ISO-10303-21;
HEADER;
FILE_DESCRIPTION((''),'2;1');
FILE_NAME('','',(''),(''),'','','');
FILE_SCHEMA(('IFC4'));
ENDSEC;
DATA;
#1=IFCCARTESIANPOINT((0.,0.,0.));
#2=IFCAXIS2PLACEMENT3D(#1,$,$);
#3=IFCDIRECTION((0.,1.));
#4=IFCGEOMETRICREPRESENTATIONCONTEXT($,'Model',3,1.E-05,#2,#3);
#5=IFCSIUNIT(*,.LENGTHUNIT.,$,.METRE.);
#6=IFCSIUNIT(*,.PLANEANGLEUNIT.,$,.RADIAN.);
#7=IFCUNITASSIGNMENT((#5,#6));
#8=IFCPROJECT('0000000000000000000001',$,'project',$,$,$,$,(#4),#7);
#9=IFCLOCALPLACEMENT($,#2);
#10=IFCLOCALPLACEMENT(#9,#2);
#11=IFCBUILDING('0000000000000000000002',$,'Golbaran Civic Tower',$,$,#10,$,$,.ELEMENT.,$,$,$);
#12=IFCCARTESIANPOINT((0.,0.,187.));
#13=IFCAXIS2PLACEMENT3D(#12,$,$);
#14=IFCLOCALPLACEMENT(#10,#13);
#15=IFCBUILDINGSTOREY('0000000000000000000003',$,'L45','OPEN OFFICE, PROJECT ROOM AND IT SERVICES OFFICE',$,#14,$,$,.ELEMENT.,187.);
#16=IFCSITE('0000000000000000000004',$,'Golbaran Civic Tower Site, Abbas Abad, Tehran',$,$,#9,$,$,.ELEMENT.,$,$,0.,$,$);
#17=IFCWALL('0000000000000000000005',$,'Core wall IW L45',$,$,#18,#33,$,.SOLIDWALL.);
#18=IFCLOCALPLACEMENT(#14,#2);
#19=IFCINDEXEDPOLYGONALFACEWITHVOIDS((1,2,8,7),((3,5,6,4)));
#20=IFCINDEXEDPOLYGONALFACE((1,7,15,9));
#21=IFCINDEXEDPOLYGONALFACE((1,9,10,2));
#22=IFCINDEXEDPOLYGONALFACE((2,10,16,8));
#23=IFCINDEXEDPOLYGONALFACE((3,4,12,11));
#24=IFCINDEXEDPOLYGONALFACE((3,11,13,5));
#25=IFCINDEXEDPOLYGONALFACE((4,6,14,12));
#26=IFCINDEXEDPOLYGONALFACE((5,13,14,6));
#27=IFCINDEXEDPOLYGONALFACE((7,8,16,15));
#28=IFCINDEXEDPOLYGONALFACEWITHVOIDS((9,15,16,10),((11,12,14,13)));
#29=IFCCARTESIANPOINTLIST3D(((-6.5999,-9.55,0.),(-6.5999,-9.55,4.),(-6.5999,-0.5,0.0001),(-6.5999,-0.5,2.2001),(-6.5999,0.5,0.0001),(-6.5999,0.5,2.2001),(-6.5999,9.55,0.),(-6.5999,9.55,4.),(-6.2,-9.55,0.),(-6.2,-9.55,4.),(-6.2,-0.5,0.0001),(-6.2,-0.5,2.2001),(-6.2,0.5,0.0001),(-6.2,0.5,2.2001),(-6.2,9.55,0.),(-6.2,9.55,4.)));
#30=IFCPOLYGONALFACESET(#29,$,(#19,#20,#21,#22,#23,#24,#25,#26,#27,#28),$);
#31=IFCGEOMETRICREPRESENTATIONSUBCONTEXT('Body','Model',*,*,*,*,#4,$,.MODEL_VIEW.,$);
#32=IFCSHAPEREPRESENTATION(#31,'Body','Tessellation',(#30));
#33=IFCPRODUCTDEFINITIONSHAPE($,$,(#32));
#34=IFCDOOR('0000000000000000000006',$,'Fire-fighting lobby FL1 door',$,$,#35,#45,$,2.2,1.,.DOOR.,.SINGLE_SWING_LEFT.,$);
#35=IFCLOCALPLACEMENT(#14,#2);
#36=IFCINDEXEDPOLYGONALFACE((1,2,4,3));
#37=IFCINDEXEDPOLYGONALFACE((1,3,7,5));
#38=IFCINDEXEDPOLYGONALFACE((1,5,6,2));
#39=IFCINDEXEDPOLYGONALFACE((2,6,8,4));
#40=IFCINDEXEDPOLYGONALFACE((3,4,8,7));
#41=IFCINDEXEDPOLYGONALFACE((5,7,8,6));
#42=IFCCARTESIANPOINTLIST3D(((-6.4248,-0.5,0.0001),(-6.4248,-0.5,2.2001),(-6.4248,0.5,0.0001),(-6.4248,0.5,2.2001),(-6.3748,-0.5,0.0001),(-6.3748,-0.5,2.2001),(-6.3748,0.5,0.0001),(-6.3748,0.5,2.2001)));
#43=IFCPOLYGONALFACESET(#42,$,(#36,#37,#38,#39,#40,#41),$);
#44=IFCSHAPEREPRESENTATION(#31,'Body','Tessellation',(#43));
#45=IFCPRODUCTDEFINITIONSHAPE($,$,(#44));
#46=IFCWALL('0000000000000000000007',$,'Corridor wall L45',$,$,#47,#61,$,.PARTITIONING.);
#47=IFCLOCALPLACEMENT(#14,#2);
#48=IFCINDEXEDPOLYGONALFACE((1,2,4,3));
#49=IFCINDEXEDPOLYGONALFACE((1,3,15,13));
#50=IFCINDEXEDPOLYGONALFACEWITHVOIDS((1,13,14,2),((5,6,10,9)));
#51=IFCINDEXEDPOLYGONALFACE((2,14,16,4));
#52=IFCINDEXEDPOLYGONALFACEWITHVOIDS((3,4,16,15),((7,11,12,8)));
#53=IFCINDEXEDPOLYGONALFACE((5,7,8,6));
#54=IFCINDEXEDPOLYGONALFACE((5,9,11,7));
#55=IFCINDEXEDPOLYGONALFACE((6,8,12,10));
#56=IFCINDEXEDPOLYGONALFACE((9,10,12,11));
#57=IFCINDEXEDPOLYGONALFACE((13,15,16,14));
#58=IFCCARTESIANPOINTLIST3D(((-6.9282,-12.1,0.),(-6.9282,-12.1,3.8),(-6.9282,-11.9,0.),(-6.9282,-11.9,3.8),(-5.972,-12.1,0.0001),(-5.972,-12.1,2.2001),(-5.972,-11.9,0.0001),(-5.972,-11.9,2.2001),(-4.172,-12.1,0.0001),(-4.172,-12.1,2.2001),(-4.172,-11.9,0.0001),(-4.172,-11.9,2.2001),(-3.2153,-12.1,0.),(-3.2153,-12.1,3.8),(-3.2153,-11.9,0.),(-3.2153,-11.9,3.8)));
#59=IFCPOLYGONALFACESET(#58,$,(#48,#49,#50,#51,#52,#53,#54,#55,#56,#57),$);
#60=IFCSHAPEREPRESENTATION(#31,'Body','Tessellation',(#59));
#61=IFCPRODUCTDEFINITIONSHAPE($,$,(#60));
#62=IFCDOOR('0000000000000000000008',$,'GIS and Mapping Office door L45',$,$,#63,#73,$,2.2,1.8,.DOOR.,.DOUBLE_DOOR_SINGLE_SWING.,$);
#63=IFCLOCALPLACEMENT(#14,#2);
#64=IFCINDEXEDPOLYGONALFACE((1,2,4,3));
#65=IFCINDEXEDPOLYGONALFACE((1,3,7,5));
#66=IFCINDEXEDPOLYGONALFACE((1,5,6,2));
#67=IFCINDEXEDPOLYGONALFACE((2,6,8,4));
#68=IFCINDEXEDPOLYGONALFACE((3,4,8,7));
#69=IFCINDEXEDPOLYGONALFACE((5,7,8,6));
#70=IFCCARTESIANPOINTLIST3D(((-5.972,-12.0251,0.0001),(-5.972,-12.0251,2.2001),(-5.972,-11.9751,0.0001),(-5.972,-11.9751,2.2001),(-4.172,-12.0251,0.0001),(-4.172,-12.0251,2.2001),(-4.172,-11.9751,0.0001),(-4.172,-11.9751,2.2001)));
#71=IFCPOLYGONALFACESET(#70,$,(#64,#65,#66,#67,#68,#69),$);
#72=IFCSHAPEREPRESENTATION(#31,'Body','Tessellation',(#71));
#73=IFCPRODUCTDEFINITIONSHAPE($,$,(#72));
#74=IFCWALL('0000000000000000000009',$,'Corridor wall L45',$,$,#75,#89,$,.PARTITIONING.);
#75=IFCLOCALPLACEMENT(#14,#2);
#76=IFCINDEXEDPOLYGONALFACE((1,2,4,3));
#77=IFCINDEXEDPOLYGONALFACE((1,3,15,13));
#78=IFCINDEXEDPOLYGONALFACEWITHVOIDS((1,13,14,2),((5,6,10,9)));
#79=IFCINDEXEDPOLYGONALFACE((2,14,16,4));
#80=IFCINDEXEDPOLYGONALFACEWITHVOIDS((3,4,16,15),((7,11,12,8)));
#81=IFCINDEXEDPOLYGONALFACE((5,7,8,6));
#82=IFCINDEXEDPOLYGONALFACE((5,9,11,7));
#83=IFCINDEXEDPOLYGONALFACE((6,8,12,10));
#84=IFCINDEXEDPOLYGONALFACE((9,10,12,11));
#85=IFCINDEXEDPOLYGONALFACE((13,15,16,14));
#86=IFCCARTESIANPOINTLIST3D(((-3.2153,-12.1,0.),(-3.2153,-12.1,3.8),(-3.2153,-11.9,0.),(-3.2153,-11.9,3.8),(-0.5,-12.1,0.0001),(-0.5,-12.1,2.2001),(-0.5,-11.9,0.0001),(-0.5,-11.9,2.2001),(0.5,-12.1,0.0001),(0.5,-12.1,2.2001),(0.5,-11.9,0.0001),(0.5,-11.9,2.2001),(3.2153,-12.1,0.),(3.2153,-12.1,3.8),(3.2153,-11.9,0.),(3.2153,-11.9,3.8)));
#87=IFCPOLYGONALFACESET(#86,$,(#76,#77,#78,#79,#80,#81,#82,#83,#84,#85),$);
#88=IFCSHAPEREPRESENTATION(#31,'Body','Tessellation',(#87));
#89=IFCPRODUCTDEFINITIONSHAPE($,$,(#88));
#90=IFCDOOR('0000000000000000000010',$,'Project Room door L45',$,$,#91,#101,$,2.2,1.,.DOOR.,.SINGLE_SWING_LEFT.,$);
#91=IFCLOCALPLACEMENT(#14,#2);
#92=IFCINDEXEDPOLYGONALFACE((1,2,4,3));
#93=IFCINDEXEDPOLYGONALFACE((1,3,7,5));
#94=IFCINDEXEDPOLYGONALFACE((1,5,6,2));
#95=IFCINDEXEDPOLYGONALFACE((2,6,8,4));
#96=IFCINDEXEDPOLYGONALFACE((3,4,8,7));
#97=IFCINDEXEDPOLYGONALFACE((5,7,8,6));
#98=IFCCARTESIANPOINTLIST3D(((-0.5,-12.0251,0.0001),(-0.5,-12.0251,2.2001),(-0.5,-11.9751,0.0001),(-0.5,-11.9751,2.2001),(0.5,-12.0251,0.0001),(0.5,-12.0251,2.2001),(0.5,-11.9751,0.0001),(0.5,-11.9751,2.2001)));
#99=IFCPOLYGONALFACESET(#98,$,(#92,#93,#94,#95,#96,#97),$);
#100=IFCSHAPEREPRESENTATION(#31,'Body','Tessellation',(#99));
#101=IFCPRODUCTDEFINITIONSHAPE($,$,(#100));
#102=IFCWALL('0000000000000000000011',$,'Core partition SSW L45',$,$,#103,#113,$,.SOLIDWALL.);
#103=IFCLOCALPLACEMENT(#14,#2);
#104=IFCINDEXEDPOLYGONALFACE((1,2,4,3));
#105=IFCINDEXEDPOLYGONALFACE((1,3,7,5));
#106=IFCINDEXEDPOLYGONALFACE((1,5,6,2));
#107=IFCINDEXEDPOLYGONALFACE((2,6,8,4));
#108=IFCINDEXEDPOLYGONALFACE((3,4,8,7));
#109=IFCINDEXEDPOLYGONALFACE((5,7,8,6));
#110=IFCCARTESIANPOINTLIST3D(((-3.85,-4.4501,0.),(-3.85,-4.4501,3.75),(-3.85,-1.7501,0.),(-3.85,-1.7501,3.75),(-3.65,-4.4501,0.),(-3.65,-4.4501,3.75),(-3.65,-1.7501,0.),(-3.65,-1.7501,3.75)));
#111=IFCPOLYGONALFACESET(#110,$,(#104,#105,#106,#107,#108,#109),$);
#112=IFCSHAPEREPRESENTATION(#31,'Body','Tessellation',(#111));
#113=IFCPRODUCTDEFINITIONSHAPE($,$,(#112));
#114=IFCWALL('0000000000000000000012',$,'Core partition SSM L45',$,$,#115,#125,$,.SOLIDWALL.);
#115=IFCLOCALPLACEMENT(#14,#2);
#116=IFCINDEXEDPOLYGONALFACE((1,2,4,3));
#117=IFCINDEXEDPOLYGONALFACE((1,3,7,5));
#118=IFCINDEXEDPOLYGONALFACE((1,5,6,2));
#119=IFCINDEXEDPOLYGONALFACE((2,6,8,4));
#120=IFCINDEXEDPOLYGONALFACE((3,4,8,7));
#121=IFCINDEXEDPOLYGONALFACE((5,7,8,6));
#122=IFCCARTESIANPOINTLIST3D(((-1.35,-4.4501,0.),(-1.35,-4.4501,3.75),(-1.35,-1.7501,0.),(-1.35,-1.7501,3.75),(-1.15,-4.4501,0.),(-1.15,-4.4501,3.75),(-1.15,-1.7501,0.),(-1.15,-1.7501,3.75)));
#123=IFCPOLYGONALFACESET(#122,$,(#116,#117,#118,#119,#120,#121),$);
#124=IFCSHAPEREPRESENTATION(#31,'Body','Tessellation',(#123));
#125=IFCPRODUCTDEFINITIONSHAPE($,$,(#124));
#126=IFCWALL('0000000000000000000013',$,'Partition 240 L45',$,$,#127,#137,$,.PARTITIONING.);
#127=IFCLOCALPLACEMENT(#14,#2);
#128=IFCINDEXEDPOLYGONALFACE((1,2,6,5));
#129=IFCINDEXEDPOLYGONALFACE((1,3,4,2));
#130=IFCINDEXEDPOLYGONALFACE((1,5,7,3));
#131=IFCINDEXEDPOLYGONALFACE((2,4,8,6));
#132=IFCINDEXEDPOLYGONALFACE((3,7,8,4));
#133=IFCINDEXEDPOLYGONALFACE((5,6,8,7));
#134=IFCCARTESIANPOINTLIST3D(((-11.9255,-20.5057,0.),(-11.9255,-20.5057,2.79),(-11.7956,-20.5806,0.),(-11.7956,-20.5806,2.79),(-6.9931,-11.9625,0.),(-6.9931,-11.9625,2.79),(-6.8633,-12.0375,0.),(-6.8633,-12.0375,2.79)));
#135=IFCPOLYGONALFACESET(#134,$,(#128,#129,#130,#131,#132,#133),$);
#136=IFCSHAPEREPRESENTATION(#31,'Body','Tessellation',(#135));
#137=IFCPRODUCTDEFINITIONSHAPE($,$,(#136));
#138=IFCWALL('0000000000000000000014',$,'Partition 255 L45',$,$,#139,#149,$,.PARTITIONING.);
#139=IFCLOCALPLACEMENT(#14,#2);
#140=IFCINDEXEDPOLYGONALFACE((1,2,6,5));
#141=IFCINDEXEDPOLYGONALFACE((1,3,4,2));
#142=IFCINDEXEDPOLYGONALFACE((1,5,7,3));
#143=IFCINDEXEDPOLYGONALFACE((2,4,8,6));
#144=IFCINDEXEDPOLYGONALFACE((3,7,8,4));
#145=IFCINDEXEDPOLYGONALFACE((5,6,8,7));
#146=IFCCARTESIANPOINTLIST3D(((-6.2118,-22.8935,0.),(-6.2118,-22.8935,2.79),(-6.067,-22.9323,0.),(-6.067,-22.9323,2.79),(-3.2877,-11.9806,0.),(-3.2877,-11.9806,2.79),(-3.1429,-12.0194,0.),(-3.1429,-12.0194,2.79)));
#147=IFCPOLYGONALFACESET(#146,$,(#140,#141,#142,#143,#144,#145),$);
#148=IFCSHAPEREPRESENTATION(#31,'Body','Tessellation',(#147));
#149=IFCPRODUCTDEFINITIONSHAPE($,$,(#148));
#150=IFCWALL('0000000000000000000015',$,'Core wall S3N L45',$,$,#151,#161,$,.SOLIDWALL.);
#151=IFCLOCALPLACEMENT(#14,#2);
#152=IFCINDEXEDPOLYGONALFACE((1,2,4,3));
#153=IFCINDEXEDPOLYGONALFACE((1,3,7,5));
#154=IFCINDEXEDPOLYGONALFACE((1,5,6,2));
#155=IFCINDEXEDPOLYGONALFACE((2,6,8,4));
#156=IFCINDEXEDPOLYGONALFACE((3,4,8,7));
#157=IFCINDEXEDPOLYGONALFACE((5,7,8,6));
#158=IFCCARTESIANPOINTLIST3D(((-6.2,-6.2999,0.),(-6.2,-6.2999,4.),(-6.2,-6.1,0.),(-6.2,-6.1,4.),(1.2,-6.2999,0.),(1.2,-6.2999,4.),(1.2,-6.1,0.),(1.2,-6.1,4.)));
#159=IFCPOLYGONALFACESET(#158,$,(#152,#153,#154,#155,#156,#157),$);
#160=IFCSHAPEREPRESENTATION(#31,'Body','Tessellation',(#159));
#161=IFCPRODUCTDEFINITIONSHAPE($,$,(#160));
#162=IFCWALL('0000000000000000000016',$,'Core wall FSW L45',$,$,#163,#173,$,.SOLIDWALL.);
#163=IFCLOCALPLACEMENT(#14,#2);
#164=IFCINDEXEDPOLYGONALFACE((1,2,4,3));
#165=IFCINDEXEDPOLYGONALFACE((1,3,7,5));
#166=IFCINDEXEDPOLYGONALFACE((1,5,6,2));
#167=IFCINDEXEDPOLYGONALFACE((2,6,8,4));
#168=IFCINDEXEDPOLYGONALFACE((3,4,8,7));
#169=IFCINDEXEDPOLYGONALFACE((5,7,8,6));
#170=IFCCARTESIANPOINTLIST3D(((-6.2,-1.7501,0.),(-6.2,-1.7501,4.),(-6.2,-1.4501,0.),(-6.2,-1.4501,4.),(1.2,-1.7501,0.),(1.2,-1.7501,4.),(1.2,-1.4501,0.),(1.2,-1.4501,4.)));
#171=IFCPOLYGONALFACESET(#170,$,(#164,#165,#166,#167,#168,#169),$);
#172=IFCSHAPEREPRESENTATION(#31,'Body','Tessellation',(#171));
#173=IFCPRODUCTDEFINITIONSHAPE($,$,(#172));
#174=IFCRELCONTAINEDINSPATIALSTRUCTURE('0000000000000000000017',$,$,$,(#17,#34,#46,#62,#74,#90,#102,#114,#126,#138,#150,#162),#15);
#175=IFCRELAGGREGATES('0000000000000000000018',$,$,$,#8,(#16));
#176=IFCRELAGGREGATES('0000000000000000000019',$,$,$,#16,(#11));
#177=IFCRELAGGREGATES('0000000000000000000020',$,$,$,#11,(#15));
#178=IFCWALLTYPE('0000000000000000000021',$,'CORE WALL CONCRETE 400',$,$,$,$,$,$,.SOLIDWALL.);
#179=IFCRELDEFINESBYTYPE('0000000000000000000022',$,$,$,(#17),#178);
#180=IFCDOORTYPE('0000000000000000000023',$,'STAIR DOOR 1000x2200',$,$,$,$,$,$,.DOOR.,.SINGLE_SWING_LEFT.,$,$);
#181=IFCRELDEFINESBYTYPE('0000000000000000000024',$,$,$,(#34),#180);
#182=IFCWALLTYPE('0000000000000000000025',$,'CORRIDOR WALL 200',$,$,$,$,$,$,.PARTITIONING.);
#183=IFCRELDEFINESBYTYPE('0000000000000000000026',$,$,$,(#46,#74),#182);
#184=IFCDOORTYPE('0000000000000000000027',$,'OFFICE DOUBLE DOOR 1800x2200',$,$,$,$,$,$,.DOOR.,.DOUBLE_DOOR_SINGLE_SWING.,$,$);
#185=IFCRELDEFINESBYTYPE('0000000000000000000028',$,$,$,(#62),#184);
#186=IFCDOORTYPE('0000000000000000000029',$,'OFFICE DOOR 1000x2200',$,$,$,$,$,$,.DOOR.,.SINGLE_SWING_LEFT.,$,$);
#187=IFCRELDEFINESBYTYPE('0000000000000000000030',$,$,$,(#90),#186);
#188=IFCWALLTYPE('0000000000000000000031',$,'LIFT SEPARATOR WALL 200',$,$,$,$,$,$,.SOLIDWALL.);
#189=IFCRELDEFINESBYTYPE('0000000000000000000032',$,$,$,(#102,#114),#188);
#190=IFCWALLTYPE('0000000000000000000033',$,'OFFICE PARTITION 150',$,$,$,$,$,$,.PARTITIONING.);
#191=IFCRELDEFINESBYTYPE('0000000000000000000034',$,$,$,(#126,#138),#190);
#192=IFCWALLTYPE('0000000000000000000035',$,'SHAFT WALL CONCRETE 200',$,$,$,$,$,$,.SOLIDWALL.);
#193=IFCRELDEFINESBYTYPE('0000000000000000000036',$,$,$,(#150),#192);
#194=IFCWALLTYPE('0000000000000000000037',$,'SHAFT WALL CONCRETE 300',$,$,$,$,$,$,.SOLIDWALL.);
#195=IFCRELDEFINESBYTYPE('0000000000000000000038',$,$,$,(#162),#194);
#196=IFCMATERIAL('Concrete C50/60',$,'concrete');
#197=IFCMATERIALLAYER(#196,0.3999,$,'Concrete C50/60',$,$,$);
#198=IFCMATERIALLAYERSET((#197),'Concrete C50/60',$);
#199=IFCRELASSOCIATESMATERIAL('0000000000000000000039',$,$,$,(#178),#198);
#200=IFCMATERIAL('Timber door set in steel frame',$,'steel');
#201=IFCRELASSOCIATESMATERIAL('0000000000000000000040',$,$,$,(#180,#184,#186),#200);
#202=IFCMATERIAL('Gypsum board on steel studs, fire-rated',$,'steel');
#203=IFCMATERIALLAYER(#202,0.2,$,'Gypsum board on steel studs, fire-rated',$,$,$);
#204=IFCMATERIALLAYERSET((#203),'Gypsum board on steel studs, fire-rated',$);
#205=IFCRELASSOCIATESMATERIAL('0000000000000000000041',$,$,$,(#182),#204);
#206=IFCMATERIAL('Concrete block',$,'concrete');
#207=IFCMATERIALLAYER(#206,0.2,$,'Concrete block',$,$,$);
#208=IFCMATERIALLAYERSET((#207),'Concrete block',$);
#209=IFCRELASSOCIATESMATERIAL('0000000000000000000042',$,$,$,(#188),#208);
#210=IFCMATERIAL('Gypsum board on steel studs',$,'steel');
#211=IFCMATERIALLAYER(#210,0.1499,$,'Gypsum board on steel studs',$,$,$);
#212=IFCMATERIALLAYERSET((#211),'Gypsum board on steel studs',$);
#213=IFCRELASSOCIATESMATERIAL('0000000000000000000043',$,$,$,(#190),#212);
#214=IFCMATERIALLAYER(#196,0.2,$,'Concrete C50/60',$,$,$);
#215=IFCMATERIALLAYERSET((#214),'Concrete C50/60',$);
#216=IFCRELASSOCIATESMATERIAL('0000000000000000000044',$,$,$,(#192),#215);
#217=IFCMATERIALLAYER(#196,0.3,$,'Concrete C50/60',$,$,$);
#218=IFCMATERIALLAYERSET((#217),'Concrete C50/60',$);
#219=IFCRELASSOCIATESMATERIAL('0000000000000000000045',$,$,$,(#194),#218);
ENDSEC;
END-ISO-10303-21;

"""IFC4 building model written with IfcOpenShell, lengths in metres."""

from ifc_helpers import new_model, si_unit, direction, frame, frame_2d, origin, place, context, subcontext, project, spatial, rectangle, extrude, material, layer, layer_set, type_object, element, fill, save


model = new_model("IFC4")

# Units and contexts
model_context = context("Model", 3, precision=1e-05, world=origin(), true_north=direction((0.0, 1.0)))
body_context = subcontext(model_context, "Body", "Model", "MODEL_VIEW")
ifc_project = project(units=[si_unit("LENGTHUNIT", "METRE"), si_unit("PLANEANGLEUNIT", "RADIAN")], contexts=[model_context])

# Site, building, storey
site_placement = place(None, origin())
site = spatial("IfcSite", under=ifc_project, at=site_placement, Name="Golbaran Civic Tower Site, Abbas Abad, Tehran", CompositionType="ELEMENT", RefElevation=0.0)
building_placement = place(site_placement, origin())
building = spatial("IfcBuilding", under=site, at=building_placement, Name="Golbaran Civic Tower", CompositionType="ELEMENT")
storey_placement = place(building_placement, frame((0.0, 0.0, 187.0)))
storey = spatial("IfcBuildingStorey", under=building, at=storey_placement, Name="L45", Description="OPEN OFFICE, PROJECT ROOM AND IT SERVICES OFFICE", CompositionType="ELEMENT", Elevation=187.0)

# Walls, openings, doors
ifc_material_1 = material(Name="Concrete C50/60", Category="concrete")
ifc_layer_1 = layer(ifc_material_1, 0.3999, Name="Concrete C50/60")
ifc_layer_set_1 = layer_set([ifc_layer_1], Name="Concrete C50/60")
wall_type_1 = type_object("IfcWallType", Name="CORE WALL CONCRETE 400", PredefinedType="SOLIDWALL", material=ifc_layer_set_1)
wall_1_placement = place(storey_placement, frame((-6.3999, -9.55, 0.0), z_axis=(0.0, 0.0, 1.0), x_axis=(0.0, 1.0, 0.0)))
wall_1 = element("IfcWall", 1, at=wall_1_placement, inside=storey, type_object=wall_type_1, Name="Core wall IW L45", PredefinedType="SOLIDWALL", context=body_context, shape_type="SweptSolid", body=[
    extrude(rectangle(XDim=19.1001, YDim=0.3999, at=frame_2d((9.55, 0.0))), origin(), (0.0, 0.0, 1.0), 4.0),
])
opening_1_placement = place(wall_1_placement, frame((9.05, 0.0, 0.0)))
opening_1 = element("IfcOpeningElement", 2, at=opening_1_placement, cuts=wall_1, PredefinedType="OPENING", context=body_context, shape_type="SweptSolid", body=[
    extrude(rectangle(XDim=1.0, YDim=2.2, at=frame_2d((0.5, 1.1001))), frame((0.0, 0.21, 0.0), z_axis=(0.0, -1.0, 0.0), x_axis=(1.0, 0.0, 0.0)), (0.0, 0.0, 1.0), 0.4199),
])
ifc_material_2 = material(Name="Timber door set in steel frame", Category="steel")
door_type_1 = type_object("IfcDoorType", Name="STAIR DOOR 1000x2200", OperationType="SINGLE_SWING_LEFT", PredefinedType="DOOR", material=ifc_material_2)
door_1_placement = place(opening_1_placement, origin())
door_1 = element("IfcDoor", 3, at=door_1_placement, inside=storey, type_object=door_type_1, Name="Fire-fighting lobby FL1 door", OperationType="SINGLE_SWING_LEFT", OverallHeight=2.2, OverallWidth=1.0, PredefinedType="DOOR", context=body_context, shape_type="SweptSolid", body=[
    extrude(rectangle(XDim=1.0, YDim=2.2, at=frame_2d((0.5, 1.1001))), frame((0.0, 0.0249, 0.0), z_axis=(0.0, -1.0, 0.0), x_axis=(1.0, 0.0, 0.0)), (0.0, 0.0, 1.0), 0.05),
])
fill(opening_1, door_1)
ifc_material_3 = material(Name="Gypsum board on steel studs, fire-rated", Category="steel")
ifc_layer_2 = layer(ifc_material_3, 0.2, Name="Gypsum board on steel studs, fire-rated")
ifc_layer_set_2 = layer_set([ifc_layer_2], Name="Gypsum board on steel studs, fire-rated")
wall_type_2 = type_object("IfcWallType", Name="CORRIDOR WALL 200", PredefinedType="PARTITIONING", material=ifc_layer_set_2)
wall_2_placement = place(storey_placement, frame((-6.9282, -12.0, 0.0), z_axis=(0.0, 0.0, 1.0), x_axis=(1.0, 0.0, 0.0)))
wall_2 = element("IfcWall", 4, at=wall_2_placement, inside=storey, type_object=wall_type_2, Name="Corridor wall L45", PredefinedType="PARTITIONING", context=body_context, shape_type="SweptSolid", body=[
    extrude(rectangle(XDim=3.7129, YDim=0.2, at=frame_2d((1.8564, 0.0))), origin(), (0.0, 0.0, 1.0), 3.8),
])
opening_2_placement = place(wall_2_placement, frame((0.9563, 0.0, 0.0)))
opening_2 = element("IfcOpeningElement", 5, at=opening_2_placement, cuts=wall_2, PredefinedType="OPENING", context=body_context, shape_type="SweptSolid", body=[
    extrude(rectangle(XDim=1.8, YDim=2.2, at=frame_2d((0.8999, 1.1001))), frame((0.0, 0.1099, 0.0), z_axis=(0.0, -1.0, 0.0), x_axis=(1.0, 0.0, 0.0)), (0.0, 0.0, 1.0), 0.22),
])
door_type_2 = type_object("IfcDoorType", Name="OFFICE DOUBLE DOOR 1800x2200", OperationType="DOUBLE_DOOR_SINGLE_SWING", PredefinedType="DOOR", material=ifc_material_2)
door_2_placement = place(opening_2_placement, origin())
door_2 = element("IfcDoor", 6, at=door_2_placement, inside=storey, type_object=door_type_2, Name="GIS and Mapping Office door L45", OperationType="DOUBLE_DOOR_SINGLE_SWING", OverallHeight=2.2, OverallWidth=1.8, PredefinedType="DOOR", context=body_context, shape_type="SweptSolid", body=[
    extrude(rectangle(XDim=1.8, YDim=2.2, at=frame_2d((0.8999, 1.1001))), frame((0.0, 0.0249, 0.0), z_axis=(0.0, -1.0, 0.0), x_axis=(1.0, 0.0, 0.0)), (0.0, 0.0, 1.0), 0.05),
])
fill(opening_2, door_2)
wall_3_placement = place(storey_placement, frame((-3.2153, -12.0, 0.0), z_axis=(0.0, 0.0, 1.0), x_axis=(1.0, 0.0, 0.0)))
wall_3 = element("IfcWall", 7, at=wall_3_placement, inside=storey, type_object=wall_type_2, Name="Corridor wall L45", PredefinedType="PARTITIONING", context=body_context, shape_type="SweptSolid", body=[
    extrude(rectangle(XDim=6.4307, YDim=0.2, at=frame_2d((3.2153, 0.0))), origin(), (0.0, 0.0, 1.0), 3.8),
])
opening_3_placement = place(wall_3_placement, frame((2.7153, 0.0, 0.0)))
opening_3 = element("IfcOpeningElement", 8, at=opening_3_placement, cuts=wall_3, PredefinedType="OPENING", context=body_context, shape_type="SweptSolid", body=[
    extrude(rectangle(XDim=1.0, YDim=2.2, at=frame_2d((0.5, 1.1001))), frame((0.0, 0.1099, 0.0), z_axis=(0.0, -1.0, 0.0), x_axis=(1.0, 0.0, 0.0)), (0.0, 0.0, 1.0), 0.22),
])
door_type_3 = type_object("IfcDoorType", Name="OFFICE DOOR 1000x2200", OperationType="SINGLE_SWING_LEFT", PredefinedType="DOOR", material=ifc_material_2)
door_3_placement = place(opening_3_placement, origin())
door_3 = element("IfcDoor", 9, at=door_3_placement, inside=storey, type_object=door_type_3, Name="Project Room door L45", OperationType="SINGLE_SWING_LEFT", OverallHeight=2.2, OverallWidth=1.0, PredefinedType="DOOR", context=body_context, shape_type="SweptSolid", body=[
    extrude(rectangle(XDim=1.0, YDim=2.2, at=frame_2d((0.5, 1.1001))), frame((0.0, 0.0249, 0.0), z_axis=(0.0, -1.0, 0.0), x_axis=(1.0, 0.0, 0.0)), (0.0, 0.0, 1.0), 0.05),
])
fill(opening_3, door_3)

# Walls
ifc_material_4 = material(Name="Concrete block", Category="concrete")
ifc_layer_3 = layer(ifc_material_4, 0.2, Name="Concrete block")
ifc_layer_set_3 = layer_set([ifc_layer_3], Name="Concrete block")
wall_type_3 = type_object("IfcWallType", Name="LIFT SEPARATOR WALL 200", PredefinedType="SOLIDWALL", material=ifc_layer_set_3)
for number, where, z_axis, x_axis, name in (
    (10, (-3.75, -1.75, 0.0), (0.0, 0.0, 1.0), (0.0, -1.0, 0.0), "Core partition SSW L45"),
    (11, (-1.25, -1.75, 0.0), (0.0, 0.0, 1.0), (0.0, -1.0, 0.0), "Core partition SSM L45"),
):
    element("IfcWall", number, at=place(storey_placement, frame(where, z_axis=z_axis, x_axis=x_axis)), inside=storey, type_object=wall_type_3, Name=name, PredefinedType="SOLIDWALL", context=body_context, shape_type="SweptSolid", body=[
        extrude(rectangle(XDim=2.7, YDim=0.2, at=frame_2d((1.3501, 0.0))), origin(), (0.0, 0.0, 1.0), 3.75),
    ])
ifc_material_5 = material(Name="Gypsum board on steel studs", Category="steel")
ifc_layer_4 = layer(ifc_material_5, 0.1499, Name="Gypsum board on steel studs")
ifc_layer_set_4 = layer_set([ifc_layer_4], Name="Gypsum board on steel studs")
wall_type_4 = type_object("IfcWallType", Name="OFFICE PARTITION 150", PredefinedType="PARTITIONING", material=ifc_layer_set_4)
wall_4_placement = place(storey_placement, frame((-6.9282, -12.0, 0.0), z_axis=(0.0, 0.0, 1.0), x_axis=(-0.499996, -0.866028, 0.0)))
element("IfcWall", 12, at=wall_4_placement, inside=storey, type_object=wall_type_4, Name="Partition 240 L45", PredefinedType="PARTITIONING", context=body_context, shape_type="SweptSolid", body=[
    extrude(rectangle(XDim=9.8647, YDim=0.1499, at=frame_2d((4.9324, 0.0))), origin(), (0.0, 0.0, 1.0), 2.79),
])
wall_5_placement = place(storey_placement, frame((-3.2153, -12.0, 0.0), z_axis=(0.0, 0.0, 1.0), x_axis=(-0.258818, -0.965926, 0.0)))
element("IfcWall", 13, at=wall_5_placement, inside=storey, type_object=wall_type_4, Name="Partition 255 L45", PredefinedType="PARTITIONING", context=body_context, shape_type="SweptSolid", body=[
    extrude(rectangle(XDim=11.2979, YDim=0.1499, at=frame_2d((5.6489, 0.0))), origin(), (0.0, 0.0, 1.0), 2.79),
])
ifc_layer_5 = layer(ifc_material_1, 0.2, Name="Concrete C50/60")
ifc_layer_set_5 = layer_set([ifc_layer_5], Name="Concrete C50/60")
wall_type_5 = type_object("IfcWallType", Name="SHAFT WALL CONCRETE 200", PredefinedType="SOLIDWALL", material=ifc_layer_set_5)
wall_6_placement = place(storey_placement, frame((-6.2, -6.2, 0.0), z_axis=(0.0, 0.0, 1.0), x_axis=(1.0, 0.0, 0.0)))
element("IfcWall", 14, at=wall_6_placement, inside=storey, type_object=wall_type_5, Name="Core wall S3N L45", PredefinedType="SOLIDWALL", context=body_context, shape_type="SweptSolid", body=[
    extrude(rectangle(XDim=7.3999, YDim=0.2, at=frame_2d((3.7, 0.0))), origin(), (0.0, 0.0, 1.0), 4.0),
])
ifc_layer_6 = layer(ifc_material_1, 0.3, Name="Concrete C50/60")
ifc_layer_set_6 = layer_set([ifc_layer_6], Name="Concrete C50/60")
wall_type_6 = type_object("IfcWallType", Name="SHAFT WALL CONCRETE 300", PredefinedType="SOLIDWALL", material=ifc_layer_set_6)
for number, where, z_axis, x_axis, name in (
    (15, (-6.2, -1.6001, 0.0), (0.0, 0.0, 1.0), (1.0, 0.0, 0.0), "Core wall FSW L45"),
):
    element("IfcWall", number, at=place(storey_placement, frame(where, z_axis=z_axis, x_axis=x_axis)), inside=storey, type_object=wall_type_6, Name=name, PredefinedType="SOLIDWALL", context=body_context, shape_type="SweptSolid", body=[
        extrude(rectangle(XDim=7.3999, YDim=0.3, at=frame_2d((3.7, 0.0))), origin(), (0.0, 0.0, 1.0), 4.0),
    ])

save(model, "model.ifc")
